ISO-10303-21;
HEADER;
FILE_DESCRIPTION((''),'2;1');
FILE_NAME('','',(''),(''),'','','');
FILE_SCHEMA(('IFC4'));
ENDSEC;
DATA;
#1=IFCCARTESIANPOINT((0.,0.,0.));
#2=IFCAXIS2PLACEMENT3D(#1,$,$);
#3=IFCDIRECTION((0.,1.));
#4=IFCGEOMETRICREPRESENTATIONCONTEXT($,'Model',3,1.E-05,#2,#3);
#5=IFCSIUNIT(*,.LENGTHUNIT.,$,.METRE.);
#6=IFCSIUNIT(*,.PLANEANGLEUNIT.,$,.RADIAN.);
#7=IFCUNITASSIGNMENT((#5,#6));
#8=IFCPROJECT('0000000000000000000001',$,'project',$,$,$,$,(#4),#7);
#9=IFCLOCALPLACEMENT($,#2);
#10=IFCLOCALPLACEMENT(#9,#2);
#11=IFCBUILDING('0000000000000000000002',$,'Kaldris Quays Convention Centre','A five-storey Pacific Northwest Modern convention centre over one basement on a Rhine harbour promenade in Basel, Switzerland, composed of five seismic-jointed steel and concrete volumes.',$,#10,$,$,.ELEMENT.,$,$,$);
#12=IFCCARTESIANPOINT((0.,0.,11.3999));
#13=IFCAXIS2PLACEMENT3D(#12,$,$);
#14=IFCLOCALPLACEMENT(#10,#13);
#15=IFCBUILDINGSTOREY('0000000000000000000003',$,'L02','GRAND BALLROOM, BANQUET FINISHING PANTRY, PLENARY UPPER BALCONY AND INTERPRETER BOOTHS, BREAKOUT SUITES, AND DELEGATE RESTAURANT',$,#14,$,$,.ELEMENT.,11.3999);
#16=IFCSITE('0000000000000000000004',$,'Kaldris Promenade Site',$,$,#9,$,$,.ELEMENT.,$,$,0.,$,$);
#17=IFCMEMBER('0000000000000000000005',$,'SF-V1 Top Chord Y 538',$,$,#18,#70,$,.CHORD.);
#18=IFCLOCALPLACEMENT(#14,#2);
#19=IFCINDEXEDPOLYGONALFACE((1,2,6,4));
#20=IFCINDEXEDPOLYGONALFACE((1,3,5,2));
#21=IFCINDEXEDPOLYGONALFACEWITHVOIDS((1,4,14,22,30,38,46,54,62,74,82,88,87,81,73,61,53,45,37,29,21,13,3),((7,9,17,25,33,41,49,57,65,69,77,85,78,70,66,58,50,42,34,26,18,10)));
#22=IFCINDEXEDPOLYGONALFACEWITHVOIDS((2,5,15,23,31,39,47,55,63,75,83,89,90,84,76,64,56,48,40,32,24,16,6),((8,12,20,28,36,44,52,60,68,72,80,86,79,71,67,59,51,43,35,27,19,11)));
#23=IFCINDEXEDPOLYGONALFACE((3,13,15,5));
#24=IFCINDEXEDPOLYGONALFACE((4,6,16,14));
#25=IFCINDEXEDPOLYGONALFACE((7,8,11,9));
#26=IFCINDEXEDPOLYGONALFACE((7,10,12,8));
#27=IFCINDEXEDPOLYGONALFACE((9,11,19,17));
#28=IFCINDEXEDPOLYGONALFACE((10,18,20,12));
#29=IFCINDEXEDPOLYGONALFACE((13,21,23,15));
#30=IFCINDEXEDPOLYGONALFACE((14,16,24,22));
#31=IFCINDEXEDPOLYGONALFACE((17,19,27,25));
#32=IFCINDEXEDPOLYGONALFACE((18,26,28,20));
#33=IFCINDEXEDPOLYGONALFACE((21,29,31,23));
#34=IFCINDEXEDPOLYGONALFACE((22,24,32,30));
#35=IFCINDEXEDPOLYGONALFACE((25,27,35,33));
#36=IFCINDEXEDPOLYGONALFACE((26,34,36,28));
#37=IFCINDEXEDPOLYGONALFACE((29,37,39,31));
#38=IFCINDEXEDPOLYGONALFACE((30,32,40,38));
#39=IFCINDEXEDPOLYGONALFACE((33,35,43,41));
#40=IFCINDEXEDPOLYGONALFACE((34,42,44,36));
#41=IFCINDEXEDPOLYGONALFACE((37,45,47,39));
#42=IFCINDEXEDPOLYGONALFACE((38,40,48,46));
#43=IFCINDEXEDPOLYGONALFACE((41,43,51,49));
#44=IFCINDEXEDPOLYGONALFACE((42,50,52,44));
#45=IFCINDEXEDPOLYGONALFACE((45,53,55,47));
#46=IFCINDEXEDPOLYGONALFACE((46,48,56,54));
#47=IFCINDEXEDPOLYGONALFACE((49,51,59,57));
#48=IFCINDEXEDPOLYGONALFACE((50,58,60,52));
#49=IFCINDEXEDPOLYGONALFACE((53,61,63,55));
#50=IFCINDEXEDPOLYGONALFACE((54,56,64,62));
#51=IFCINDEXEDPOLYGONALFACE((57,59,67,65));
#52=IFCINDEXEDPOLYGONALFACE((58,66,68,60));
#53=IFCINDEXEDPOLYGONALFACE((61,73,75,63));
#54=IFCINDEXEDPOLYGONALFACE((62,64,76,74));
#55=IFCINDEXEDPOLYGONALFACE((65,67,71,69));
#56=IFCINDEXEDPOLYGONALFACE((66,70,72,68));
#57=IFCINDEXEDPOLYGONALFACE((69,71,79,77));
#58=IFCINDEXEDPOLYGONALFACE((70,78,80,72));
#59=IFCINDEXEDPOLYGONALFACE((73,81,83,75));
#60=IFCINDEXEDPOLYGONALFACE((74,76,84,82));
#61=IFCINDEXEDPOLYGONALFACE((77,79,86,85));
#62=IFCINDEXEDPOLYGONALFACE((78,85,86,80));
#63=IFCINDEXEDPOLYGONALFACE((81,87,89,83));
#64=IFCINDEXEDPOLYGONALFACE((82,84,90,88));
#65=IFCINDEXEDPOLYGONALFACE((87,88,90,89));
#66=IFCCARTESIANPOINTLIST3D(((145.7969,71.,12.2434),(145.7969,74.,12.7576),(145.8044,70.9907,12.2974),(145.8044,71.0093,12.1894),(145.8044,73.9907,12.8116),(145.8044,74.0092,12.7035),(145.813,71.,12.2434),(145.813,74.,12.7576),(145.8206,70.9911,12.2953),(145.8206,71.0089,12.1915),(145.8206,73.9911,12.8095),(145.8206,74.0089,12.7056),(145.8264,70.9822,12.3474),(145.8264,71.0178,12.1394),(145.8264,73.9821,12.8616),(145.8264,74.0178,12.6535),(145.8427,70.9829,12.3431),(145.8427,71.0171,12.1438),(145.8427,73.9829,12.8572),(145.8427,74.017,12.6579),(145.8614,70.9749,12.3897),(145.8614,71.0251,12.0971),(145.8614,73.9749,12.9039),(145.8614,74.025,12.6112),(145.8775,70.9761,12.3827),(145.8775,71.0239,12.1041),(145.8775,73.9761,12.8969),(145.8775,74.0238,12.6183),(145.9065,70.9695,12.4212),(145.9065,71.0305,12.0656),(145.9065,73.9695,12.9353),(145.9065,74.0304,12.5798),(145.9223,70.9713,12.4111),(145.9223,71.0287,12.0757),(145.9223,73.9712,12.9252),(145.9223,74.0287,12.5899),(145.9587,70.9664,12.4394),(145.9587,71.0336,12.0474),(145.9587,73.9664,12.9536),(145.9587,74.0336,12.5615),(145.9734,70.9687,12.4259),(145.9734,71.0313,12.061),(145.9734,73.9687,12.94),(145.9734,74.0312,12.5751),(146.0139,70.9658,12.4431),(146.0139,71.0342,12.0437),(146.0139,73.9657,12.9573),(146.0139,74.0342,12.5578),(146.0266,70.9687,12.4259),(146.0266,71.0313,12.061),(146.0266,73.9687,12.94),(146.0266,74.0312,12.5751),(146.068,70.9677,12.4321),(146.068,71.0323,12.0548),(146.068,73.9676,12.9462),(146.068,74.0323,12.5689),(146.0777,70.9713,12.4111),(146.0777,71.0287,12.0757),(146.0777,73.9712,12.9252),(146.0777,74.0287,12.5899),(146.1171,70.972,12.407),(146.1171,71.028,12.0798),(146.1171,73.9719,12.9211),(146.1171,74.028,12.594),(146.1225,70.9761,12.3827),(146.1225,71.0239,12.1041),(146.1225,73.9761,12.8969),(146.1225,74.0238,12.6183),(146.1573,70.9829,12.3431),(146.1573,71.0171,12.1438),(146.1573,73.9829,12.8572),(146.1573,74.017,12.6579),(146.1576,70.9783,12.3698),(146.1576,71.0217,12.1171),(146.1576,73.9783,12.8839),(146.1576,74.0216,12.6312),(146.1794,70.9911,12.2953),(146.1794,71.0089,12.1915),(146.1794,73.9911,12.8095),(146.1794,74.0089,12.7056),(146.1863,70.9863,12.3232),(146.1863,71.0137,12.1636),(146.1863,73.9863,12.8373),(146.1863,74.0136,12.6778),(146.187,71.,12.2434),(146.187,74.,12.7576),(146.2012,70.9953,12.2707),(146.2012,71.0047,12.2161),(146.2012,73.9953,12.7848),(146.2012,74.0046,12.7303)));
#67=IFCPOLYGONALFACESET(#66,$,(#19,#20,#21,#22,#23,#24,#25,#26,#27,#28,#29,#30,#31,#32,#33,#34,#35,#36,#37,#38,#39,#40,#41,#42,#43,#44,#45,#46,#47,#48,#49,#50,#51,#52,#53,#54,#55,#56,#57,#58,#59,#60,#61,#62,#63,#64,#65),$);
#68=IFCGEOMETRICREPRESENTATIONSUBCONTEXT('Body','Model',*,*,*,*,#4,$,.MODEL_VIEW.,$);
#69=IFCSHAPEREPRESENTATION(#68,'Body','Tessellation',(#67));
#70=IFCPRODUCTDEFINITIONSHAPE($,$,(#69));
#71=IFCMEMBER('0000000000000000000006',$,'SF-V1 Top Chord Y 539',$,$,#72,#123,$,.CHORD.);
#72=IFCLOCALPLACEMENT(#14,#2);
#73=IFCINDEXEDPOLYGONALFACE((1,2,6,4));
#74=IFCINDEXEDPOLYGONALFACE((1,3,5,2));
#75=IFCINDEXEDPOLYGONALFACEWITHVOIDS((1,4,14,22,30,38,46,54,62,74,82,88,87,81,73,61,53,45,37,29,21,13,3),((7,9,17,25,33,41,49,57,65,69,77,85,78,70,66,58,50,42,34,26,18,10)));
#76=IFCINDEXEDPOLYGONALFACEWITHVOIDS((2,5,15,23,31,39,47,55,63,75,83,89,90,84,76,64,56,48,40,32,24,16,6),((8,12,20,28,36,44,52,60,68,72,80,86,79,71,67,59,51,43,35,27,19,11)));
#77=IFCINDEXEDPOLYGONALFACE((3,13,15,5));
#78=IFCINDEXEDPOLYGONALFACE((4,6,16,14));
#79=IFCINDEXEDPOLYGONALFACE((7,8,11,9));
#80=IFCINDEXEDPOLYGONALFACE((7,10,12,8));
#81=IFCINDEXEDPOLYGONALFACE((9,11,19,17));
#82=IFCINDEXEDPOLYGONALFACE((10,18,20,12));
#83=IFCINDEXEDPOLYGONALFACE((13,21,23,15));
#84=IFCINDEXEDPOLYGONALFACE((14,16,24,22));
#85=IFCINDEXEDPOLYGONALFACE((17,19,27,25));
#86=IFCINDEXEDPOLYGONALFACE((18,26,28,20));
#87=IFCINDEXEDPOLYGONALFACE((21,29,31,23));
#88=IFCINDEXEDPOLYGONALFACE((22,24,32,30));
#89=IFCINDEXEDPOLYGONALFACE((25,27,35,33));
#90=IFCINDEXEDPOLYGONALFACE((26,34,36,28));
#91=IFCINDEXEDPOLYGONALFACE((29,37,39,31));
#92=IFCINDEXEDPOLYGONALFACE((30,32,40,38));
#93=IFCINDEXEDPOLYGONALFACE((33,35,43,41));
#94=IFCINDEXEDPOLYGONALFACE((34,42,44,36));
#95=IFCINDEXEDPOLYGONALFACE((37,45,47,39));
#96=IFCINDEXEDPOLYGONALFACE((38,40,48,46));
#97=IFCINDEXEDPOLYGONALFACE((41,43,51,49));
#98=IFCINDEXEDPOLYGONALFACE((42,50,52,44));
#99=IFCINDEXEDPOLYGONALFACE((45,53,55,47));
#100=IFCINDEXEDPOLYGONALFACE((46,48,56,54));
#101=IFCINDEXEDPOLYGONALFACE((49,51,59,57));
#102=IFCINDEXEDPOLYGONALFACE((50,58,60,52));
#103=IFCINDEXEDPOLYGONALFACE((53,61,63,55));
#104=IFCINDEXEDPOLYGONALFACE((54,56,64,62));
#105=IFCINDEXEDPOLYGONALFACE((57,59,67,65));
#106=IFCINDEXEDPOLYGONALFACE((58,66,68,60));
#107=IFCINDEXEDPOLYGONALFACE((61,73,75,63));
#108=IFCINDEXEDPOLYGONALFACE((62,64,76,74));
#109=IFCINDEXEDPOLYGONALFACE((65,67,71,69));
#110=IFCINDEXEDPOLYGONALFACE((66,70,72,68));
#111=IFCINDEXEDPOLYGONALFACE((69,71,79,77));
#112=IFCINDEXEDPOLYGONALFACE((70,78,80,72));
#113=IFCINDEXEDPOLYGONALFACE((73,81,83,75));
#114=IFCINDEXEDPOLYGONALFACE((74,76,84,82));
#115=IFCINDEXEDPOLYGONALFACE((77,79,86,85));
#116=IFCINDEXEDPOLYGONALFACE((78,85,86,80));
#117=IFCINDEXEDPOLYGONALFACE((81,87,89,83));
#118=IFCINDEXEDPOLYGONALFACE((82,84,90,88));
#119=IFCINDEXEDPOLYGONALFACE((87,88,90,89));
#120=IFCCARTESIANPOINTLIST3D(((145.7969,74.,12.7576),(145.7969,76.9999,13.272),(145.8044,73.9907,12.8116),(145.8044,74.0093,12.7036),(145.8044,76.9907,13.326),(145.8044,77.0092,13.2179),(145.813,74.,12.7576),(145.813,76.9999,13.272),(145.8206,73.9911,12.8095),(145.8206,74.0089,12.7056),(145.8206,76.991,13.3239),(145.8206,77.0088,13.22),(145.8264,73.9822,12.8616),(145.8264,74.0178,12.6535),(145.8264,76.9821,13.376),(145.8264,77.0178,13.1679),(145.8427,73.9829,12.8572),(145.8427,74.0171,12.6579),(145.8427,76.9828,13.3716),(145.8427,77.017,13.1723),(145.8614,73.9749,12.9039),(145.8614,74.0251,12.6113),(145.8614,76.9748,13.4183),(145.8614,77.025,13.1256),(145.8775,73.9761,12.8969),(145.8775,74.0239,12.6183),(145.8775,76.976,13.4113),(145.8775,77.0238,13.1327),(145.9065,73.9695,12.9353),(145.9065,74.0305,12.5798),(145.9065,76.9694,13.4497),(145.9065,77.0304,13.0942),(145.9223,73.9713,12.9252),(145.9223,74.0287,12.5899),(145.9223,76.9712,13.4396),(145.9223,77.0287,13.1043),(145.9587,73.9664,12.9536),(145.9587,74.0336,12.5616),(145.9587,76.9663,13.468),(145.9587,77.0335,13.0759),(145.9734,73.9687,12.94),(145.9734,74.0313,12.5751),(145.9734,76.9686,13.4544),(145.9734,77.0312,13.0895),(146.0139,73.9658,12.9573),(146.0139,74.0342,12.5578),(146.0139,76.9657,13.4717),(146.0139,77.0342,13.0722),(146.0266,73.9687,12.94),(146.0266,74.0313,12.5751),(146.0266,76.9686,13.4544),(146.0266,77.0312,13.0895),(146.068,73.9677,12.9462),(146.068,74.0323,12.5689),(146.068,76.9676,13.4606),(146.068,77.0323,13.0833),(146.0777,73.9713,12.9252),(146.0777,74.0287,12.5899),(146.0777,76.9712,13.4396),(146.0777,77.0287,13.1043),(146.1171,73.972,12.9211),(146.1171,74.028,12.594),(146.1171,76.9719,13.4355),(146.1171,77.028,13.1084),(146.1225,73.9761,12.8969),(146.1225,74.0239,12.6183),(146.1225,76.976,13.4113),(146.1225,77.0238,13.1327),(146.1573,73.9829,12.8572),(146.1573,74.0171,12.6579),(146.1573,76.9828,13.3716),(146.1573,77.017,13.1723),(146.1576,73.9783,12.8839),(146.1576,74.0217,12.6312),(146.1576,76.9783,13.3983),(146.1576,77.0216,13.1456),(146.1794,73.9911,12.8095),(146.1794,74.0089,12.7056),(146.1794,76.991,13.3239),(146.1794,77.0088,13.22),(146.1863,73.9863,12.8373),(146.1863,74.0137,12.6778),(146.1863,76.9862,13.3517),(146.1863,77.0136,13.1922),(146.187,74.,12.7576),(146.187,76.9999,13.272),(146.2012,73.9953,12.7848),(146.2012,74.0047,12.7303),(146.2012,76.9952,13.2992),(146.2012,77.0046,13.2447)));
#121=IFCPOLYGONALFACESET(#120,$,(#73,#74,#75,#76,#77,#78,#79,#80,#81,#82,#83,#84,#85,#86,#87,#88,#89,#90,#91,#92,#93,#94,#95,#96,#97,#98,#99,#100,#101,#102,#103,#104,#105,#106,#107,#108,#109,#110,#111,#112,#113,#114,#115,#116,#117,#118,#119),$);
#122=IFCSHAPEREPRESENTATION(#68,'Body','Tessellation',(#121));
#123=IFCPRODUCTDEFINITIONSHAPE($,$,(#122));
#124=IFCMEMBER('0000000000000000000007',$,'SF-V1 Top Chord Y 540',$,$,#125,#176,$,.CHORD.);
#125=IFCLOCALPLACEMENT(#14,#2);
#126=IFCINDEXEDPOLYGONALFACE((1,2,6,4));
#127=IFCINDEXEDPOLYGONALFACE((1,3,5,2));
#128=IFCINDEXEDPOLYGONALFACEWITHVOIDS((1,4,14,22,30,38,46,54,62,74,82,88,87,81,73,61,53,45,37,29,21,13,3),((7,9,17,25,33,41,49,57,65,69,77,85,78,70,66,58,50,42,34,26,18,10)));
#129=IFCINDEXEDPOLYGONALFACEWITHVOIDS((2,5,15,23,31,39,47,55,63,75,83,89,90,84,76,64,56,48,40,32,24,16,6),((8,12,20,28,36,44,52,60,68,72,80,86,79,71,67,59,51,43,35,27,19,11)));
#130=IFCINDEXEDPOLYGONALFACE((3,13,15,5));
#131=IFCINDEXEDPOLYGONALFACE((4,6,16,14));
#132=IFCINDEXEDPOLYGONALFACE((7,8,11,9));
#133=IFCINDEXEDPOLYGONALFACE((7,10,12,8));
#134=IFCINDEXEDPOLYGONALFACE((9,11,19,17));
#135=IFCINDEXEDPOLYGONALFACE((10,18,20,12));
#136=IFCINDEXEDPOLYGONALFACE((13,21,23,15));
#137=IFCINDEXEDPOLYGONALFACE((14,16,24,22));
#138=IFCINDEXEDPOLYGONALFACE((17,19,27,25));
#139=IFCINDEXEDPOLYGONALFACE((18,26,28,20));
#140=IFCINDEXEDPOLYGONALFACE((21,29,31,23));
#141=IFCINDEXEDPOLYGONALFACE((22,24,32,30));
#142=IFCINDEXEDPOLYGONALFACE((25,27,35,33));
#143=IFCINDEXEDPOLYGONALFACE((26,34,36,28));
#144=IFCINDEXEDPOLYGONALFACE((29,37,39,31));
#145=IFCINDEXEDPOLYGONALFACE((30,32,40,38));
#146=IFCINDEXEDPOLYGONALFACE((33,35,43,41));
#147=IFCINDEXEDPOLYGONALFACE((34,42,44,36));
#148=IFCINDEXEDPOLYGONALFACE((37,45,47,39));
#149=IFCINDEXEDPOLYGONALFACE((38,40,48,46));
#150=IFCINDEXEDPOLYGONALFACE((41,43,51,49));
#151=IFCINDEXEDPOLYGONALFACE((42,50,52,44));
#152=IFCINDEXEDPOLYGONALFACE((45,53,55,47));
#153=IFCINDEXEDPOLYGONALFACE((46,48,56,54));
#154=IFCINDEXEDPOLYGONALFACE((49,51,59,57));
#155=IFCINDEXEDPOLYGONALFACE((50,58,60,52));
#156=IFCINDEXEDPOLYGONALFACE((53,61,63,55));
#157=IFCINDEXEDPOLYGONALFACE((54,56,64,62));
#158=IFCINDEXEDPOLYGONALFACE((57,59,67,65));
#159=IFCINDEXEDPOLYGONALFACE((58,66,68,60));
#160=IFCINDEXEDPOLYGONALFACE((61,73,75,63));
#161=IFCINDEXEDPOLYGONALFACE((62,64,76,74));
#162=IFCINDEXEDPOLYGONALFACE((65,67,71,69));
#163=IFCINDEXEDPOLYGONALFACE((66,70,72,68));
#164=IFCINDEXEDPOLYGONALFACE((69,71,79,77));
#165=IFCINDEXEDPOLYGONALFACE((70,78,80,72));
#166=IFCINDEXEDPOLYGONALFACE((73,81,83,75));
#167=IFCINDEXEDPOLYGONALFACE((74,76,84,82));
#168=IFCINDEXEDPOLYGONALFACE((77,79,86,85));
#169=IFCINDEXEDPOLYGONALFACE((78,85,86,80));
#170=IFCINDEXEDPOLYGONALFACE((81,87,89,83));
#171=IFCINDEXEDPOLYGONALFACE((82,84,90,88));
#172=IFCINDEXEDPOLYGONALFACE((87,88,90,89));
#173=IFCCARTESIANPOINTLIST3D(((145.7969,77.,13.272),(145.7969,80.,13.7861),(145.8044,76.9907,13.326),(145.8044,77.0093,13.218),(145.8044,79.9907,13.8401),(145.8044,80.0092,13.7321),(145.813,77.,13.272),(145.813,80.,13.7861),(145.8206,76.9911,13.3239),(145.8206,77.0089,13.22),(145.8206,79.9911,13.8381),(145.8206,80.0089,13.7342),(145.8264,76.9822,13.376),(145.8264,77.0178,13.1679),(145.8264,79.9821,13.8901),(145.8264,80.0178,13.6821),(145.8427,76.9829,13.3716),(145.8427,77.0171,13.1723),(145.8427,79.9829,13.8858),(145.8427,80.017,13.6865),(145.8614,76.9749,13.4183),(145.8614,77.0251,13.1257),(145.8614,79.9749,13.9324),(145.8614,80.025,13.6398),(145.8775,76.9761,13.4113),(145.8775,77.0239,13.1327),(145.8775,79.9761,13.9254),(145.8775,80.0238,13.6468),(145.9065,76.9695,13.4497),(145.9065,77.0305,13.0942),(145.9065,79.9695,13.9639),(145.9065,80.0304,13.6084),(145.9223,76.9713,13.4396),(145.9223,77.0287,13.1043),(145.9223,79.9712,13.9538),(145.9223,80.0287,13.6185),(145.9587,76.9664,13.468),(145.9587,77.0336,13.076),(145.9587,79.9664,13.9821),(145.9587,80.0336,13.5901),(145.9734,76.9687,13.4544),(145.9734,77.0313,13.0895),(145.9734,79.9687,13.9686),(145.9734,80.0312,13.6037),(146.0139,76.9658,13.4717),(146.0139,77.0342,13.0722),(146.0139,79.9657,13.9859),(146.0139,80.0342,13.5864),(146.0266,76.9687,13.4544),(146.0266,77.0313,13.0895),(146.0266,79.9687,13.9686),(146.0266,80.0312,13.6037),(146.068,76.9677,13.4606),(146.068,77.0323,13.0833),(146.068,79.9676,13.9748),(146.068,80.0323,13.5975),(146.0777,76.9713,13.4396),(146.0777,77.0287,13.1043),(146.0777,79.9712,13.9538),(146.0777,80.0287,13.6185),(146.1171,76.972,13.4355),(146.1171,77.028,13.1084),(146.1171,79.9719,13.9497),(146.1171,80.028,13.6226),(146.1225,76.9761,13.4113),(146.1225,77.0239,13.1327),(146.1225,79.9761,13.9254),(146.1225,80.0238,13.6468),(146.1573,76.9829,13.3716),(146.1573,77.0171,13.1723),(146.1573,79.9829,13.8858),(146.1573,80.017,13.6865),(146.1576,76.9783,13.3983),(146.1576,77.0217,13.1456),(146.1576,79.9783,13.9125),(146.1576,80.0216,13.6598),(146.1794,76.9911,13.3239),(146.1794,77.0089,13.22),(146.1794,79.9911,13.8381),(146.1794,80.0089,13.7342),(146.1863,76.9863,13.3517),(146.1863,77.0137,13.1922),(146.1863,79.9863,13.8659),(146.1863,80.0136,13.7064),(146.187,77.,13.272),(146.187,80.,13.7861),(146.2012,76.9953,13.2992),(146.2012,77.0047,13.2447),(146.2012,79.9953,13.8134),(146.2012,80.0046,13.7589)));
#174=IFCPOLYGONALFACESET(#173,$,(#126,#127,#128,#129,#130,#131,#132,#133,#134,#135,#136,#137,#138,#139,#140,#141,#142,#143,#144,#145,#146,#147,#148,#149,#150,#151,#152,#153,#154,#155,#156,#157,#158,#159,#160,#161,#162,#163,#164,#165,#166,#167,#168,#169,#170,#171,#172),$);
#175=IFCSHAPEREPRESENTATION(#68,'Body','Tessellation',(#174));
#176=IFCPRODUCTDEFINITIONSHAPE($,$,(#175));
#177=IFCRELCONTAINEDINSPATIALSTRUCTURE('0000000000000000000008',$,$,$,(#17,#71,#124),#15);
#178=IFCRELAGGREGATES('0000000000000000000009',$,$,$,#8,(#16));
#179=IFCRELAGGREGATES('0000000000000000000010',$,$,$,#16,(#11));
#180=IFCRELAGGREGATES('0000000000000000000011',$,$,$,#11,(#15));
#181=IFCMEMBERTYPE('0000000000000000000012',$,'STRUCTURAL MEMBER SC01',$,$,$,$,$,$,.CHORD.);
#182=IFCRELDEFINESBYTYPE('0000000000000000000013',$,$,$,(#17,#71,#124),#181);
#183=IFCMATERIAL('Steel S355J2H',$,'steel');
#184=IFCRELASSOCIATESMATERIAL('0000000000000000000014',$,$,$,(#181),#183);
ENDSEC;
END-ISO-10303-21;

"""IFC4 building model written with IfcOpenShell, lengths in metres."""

from ifc_helpers import new_model, si_unit, direction, frame, origin, origin_2d, place, context, subcontext, project, spatial, hollow_circle, extrude, material, material_profile, profile_set, type_object, element, save


model = new_model("IFC4")

# Units and contexts
model_context = context("Model", 3, precision=1e-05, world=origin(), true_north=direction((0.0, 1.0)))
body_context = subcontext(model_context, "Body", "Model", "MODEL_VIEW")
ifc_project = project(units=[si_unit("LENGTHUNIT", "METRE"), si_unit("PLANEANGLEUNIT", "RADIAN")], contexts=[model_context])

# Site, building, storey
site_placement = place(None, origin())
site = spatial("IfcSite", under=ifc_project, at=site_placement, Name="Kaldris Promenade Site", CompositionType="ELEMENT", RefElevation=0.0)
building_placement = place(site_placement, origin())
building = spatial("IfcBuilding", under=site, at=building_placement, Name="Kaldris Quays Convention Centre", Description="A five-storey Pacific Northwest Modern convention centre over one basement on a Rhine harbour promenade in Basel, Switzerland, composed of five seismic-jointed steel and concrete volumes.", CompositionType="ELEMENT")
storey_placement = place(building_placement, frame((0.0, 0.0, 11.3999)))
storey = spatial("IfcBuildingStorey", under=building, at=storey_placement, Name="L02", Description="GRAND BALLROOM, BANQUET FINISHING PANTRY, PLENARY UPPER BALCONY AND INTERPRETER BOOTHS, BREAKOUT SUITES, AND DELEGATE RESTAURANT", CompositionType="ELEMENT", Elevation=11.3999)

# Members
ifc_material_1 = material(Name="Steel S355J2H", Category="steel")
ifc_material_profile_1 = material_profile(ifc_material_1, hollow_circle(Radius=0.2031, WallThickness=0.0161, at=origin_2d()), Name="CHS 406.4x16")
ifc_profile_set_1 = profile_set([ifc_material_profile_1], Name="Steel S355J2H")
member_type_1 = type_object("IfcMemberType", Name="STRUCTURAL MEMBER SC01", PredefinedType="CHORD", material=ifc_profile_set_1)
for number, where, z_axis, x_axis, name in (
    (1, (146.0, 71.0, 12.2434), (0.0, 0.985629, 0.168924), (-1.0, 0.0, 0.0), "SF-V1 Top Chord Y 538"),
    (2, (146.0, 74.0, 12.7576), (0.0, 0.985616, 0.169002), (-1.0, 0.0, 0.0), "SF-V1 Top Chord Y 539"),
    (3, (146.0, 77.0, 13.272), (0.0, 0.985629, 0.168924), (-1.0, 0.0, 0.0), "SF-V1 Top Chord Y 540"),
):
    element("IfcMember", number, at=place(storey_placement, frame(where, z_axis=z_axis, x_axis=x_axis)), inside=storey, type_object=member_type_1, Name=name, PredefinedType="CHORD", context=body_context, shape_type="SweptSolid", body=[
        extrude(hollow_circle(Radius=0.2031, WallThickness=0.0161, at=origin_2d()), origin(), (0.0, 0.0, 1.0), 3.0437),
    ])

save(model, "model.ifc")
